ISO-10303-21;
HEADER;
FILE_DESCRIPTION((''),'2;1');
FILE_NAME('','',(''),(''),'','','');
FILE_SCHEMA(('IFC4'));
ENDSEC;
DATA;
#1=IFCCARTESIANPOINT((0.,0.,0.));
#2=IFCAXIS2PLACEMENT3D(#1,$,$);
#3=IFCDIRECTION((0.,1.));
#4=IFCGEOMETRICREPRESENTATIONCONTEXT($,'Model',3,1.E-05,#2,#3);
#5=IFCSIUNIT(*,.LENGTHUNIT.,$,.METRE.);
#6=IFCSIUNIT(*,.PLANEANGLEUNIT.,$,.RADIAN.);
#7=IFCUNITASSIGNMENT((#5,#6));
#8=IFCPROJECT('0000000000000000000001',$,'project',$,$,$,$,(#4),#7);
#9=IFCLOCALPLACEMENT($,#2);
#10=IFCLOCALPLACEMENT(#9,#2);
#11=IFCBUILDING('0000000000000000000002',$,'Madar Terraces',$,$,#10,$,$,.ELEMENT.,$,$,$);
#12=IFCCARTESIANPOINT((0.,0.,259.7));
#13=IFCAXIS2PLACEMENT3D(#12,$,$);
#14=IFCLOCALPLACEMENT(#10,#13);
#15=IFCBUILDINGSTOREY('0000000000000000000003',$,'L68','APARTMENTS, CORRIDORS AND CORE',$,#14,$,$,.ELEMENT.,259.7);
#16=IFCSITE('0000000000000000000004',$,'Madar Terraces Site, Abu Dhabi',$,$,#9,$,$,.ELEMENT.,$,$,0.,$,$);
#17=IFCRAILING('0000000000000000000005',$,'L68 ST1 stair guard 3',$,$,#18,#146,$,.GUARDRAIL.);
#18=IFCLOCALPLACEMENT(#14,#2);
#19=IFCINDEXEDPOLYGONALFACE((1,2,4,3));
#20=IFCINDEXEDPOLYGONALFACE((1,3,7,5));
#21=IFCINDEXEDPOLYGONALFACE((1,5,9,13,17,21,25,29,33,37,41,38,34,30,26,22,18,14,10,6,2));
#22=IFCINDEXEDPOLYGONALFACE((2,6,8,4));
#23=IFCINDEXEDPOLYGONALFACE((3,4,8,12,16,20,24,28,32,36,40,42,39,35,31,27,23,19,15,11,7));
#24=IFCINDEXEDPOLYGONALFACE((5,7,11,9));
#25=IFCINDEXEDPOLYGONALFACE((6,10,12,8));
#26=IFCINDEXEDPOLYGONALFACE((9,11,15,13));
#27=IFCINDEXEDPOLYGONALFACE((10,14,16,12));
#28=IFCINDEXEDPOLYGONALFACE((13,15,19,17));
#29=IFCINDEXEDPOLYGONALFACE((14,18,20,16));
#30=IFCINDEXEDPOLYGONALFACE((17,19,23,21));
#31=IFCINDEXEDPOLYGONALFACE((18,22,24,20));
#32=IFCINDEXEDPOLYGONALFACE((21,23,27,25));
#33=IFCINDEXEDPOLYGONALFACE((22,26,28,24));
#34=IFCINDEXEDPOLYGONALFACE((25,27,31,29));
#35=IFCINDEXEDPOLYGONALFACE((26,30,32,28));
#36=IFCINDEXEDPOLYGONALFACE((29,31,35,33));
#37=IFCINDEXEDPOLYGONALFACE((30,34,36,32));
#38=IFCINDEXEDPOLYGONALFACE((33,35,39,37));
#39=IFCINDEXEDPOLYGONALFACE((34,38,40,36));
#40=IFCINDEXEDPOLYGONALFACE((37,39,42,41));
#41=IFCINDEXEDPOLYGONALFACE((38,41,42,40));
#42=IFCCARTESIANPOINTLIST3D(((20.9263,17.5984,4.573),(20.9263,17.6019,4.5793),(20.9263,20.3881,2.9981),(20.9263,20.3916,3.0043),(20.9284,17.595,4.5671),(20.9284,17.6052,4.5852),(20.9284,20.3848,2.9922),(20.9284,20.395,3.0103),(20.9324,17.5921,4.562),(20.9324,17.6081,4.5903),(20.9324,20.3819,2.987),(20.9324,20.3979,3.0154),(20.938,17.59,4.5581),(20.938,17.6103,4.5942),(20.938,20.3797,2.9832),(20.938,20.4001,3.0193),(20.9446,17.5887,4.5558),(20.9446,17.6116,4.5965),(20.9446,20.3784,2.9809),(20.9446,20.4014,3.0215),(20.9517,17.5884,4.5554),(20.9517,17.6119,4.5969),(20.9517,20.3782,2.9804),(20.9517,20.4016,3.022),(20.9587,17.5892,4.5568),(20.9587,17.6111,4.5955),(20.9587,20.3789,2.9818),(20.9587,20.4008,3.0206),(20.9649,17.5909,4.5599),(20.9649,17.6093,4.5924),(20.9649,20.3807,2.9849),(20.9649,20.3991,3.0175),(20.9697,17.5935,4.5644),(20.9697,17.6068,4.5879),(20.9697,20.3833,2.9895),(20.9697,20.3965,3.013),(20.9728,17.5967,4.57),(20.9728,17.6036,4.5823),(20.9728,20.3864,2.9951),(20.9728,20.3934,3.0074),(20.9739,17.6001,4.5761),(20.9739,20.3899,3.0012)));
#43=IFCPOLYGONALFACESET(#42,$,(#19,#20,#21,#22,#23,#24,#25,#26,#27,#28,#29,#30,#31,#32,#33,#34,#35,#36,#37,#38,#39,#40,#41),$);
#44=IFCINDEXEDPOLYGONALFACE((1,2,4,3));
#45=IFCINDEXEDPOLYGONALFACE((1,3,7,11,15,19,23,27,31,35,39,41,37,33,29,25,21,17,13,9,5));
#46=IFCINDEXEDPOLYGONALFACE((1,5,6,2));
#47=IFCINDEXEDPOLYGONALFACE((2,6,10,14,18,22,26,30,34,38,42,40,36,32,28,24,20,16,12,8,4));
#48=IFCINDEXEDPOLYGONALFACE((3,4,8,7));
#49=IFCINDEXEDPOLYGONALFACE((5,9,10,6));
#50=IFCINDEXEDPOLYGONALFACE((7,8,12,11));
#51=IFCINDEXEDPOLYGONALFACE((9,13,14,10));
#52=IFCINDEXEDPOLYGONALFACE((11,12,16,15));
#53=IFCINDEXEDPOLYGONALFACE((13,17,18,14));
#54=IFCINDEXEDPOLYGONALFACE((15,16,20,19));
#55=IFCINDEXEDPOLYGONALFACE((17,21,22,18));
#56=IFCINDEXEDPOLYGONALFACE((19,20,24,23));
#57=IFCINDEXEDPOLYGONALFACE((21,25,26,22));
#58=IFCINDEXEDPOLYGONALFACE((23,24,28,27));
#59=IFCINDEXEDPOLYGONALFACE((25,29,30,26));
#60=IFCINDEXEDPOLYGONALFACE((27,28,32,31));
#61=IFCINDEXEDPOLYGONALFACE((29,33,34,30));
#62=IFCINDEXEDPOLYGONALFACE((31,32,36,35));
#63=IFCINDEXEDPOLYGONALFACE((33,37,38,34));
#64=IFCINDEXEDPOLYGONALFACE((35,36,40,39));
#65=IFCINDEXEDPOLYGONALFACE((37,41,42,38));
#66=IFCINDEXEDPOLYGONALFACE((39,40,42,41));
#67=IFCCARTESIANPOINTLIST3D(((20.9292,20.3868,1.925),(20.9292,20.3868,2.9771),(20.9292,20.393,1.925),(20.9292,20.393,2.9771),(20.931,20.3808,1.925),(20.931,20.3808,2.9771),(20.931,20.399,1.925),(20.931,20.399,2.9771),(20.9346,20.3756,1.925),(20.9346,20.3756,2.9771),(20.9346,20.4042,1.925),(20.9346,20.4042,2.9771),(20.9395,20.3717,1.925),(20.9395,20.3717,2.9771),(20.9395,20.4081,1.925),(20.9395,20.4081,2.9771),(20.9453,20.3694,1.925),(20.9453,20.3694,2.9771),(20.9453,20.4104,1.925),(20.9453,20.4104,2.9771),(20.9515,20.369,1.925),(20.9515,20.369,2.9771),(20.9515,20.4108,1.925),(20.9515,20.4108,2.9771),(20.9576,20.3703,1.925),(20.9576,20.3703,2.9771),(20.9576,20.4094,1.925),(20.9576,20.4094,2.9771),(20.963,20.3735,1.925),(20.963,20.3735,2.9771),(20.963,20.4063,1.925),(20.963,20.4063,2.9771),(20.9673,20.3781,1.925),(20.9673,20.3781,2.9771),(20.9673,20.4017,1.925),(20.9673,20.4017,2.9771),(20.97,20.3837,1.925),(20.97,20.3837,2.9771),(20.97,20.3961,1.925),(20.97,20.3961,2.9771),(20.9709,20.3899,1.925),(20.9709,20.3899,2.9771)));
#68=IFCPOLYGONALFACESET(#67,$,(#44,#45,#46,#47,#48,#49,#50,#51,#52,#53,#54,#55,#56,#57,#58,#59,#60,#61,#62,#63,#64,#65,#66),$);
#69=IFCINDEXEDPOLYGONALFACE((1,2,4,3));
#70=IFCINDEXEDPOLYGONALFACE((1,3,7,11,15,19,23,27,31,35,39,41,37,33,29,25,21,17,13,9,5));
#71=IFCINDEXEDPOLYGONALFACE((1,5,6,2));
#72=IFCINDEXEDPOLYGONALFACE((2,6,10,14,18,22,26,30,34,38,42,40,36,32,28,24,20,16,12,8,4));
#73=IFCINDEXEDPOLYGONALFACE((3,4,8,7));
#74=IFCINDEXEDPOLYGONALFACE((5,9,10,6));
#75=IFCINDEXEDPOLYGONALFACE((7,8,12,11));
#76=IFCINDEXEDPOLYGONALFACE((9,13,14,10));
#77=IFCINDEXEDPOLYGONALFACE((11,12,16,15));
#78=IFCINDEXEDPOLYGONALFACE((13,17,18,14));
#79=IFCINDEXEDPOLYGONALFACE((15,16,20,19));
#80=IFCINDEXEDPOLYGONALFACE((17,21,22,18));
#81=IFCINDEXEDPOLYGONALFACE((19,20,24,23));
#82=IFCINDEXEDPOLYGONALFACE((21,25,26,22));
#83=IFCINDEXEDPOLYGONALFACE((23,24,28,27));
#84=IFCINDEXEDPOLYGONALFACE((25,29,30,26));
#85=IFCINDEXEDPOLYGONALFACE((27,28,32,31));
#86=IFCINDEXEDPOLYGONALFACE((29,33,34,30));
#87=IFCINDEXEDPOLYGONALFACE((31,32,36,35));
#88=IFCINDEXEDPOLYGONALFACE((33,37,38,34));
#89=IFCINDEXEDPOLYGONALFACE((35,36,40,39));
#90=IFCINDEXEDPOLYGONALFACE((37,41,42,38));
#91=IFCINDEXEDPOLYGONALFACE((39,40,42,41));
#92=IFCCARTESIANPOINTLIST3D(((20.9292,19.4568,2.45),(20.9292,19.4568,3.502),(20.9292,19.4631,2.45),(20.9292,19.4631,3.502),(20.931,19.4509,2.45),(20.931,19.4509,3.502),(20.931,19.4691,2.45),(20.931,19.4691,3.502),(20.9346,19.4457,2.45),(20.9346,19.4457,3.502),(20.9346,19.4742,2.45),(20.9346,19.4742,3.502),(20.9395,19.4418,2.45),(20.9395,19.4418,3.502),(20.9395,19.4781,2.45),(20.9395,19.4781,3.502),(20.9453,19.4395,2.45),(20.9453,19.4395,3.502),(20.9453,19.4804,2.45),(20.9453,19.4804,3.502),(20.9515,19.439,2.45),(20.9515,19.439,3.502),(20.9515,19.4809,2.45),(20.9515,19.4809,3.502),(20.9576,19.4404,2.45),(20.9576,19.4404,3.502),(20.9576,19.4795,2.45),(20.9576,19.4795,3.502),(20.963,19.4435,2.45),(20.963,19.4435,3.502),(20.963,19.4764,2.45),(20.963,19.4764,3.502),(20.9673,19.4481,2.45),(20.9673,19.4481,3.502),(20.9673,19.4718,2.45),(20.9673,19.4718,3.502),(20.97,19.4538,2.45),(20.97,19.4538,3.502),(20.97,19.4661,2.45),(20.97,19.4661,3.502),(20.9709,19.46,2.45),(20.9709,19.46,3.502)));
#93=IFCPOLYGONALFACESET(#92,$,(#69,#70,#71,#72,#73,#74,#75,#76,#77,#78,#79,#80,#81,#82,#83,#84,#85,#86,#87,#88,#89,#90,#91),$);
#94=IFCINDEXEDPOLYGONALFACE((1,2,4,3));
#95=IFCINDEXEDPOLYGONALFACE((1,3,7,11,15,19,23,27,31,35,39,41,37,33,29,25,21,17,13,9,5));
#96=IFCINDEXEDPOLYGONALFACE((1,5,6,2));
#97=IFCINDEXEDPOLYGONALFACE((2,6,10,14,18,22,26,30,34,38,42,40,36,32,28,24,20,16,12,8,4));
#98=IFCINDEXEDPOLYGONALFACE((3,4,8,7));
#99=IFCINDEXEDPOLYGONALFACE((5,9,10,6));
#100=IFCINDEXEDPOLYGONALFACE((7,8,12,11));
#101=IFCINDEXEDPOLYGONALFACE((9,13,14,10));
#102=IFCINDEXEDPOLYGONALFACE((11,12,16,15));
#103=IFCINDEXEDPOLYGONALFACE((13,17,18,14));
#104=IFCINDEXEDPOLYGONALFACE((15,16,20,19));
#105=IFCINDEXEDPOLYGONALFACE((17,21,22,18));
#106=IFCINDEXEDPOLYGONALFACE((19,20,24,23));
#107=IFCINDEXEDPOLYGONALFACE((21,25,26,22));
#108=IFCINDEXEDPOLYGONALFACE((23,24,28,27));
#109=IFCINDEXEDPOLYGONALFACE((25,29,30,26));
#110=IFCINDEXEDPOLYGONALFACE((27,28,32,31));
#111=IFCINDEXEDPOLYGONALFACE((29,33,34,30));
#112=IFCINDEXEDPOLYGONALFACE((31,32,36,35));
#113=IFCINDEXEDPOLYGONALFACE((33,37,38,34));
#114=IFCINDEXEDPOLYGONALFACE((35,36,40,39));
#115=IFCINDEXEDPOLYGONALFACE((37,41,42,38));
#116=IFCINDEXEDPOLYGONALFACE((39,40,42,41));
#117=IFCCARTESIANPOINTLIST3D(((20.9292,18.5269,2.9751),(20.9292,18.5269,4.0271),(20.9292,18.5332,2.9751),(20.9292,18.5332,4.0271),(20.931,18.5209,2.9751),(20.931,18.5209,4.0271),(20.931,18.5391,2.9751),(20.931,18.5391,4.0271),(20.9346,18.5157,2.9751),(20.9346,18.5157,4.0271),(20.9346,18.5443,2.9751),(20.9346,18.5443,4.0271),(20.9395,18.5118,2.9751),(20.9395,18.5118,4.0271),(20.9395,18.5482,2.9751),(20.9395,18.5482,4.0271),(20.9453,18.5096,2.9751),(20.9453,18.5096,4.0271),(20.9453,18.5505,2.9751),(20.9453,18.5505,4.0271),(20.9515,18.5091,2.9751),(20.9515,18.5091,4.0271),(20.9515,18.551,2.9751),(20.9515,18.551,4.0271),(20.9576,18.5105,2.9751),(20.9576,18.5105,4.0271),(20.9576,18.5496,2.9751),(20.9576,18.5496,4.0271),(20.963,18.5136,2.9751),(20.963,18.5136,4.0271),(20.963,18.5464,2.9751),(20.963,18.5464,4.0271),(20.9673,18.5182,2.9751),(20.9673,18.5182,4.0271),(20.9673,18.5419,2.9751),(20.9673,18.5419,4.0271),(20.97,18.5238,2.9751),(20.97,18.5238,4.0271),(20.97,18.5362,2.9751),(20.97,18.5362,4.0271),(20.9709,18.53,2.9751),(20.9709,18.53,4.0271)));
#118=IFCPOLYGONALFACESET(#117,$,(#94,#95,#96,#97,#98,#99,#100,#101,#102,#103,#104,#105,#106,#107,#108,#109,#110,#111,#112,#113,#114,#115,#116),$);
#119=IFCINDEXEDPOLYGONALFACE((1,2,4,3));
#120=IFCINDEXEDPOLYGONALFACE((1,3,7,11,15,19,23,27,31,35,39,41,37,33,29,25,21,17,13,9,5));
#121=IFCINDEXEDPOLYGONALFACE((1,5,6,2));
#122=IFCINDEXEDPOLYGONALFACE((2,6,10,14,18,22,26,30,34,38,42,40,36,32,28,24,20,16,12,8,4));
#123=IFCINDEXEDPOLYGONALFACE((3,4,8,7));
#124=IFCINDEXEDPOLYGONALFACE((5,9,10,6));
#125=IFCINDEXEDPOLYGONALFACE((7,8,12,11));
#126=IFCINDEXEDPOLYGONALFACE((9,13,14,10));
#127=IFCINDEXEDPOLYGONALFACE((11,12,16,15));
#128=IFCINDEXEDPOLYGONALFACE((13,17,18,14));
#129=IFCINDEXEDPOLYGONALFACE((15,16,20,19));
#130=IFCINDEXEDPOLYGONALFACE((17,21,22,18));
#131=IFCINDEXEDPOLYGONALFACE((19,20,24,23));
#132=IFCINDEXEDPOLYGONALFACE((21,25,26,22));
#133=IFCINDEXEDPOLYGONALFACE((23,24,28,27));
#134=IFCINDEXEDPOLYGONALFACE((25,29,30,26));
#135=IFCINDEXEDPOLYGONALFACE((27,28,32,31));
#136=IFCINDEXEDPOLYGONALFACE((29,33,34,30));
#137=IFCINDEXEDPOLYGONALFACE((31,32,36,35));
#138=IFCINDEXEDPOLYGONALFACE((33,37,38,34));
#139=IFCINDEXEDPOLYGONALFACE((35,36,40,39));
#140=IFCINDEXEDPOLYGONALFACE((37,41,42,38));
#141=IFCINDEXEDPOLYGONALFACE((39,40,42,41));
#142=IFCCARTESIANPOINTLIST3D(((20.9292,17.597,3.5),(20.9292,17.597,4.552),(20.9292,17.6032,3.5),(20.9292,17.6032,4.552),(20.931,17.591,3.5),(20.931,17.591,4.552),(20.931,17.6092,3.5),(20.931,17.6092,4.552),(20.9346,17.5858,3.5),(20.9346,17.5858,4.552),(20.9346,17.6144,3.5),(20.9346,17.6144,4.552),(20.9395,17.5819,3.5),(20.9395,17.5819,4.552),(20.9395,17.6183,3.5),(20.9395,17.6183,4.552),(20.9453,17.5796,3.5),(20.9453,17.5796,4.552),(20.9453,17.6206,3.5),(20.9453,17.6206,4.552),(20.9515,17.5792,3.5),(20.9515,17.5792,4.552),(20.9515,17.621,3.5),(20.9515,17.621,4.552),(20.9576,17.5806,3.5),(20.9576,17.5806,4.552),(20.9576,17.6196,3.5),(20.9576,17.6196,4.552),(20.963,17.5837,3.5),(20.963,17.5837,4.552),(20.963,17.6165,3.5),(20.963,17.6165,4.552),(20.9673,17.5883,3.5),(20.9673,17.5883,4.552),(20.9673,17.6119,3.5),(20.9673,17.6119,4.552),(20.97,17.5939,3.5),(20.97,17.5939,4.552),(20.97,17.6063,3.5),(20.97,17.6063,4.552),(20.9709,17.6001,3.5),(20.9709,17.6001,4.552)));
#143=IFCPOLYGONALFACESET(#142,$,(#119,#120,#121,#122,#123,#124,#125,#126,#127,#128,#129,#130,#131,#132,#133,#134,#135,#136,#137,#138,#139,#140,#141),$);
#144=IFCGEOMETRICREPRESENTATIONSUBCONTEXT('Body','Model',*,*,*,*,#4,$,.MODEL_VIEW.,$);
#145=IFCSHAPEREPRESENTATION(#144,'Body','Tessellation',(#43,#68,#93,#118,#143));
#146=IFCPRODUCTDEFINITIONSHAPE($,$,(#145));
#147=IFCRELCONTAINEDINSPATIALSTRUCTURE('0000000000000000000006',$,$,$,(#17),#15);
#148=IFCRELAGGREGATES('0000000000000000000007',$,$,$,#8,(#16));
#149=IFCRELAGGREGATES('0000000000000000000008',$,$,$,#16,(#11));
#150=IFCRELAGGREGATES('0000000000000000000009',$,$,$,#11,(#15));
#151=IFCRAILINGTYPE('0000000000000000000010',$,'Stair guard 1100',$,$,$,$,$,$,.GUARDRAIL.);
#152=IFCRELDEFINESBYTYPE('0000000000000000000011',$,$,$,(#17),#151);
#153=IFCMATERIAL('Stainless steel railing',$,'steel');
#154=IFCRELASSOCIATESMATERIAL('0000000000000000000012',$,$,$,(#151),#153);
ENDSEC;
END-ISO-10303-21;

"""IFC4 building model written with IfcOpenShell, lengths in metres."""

from ifc_helpers import new_model, si_unit, direction, frame, origin, origin_2d, place, context, subcontext, project, spatial, circle, extrude, material, type_object, element, save


model = new_model("IFC4")

# Units and contexts
model_context = context("Model", 3, precision=1e-05, world=origin(), true_north=direction((0.0, 1.0)))
body_context = subcontext(model_context, "Body", "Model", "MODEL_VIEW")
ifc_project = project(units=[si_unit("LENGTHUNIT", "METRE"), si_unit("PLANEANGLEUNIT", "RADIAN")], contexts=[model_context])

# Site, building, storey
site_placement = place(None, origin())
site = spatial("IfcSite", under=ifc_project, at=site_placement, Name="Madar Terraces Site, Abu Dhabi", CompositionType="ELEMENT", RefElevation=0.0)
building_placement = place(site_placement, origin())
building = spatial("IfcBuilding", under=site, at=building_placement, Name="Madar Terraces", CompositionType="ELEMENT")
storey_placement = place(building_placement, frame((0.0, 0.0, 259.7)))
storey = spatial("IfcBuildingStorey", under=building, at=storey_placement, Name="L68", Description="APARTMENTS, CORRIDORS AND CORE", CompositionType="ELEMENT", Elevation=259.7)

# Railing
ifc_material_1 = material(Name="Stainless steel railing", Category="steel")
railing_type_1 = type_object("IfcRailingType", Name="Stair guard 1100", PredefinedType="GUARDRAIL", material=ifc_material_1)
railing_1_placement = place(storey_placement, frame((20.95, 20.3899, 1.925)))
element("IfcRailing", 1, at=railing_1_placement, inside=storey, type_object=railing_type_1, Name="L68 ST1 stair guard 3", PredefinedType="GUARDRAIL", context=body_context, shape_type="SweptSolid", body=[
    extrude(circle(Radius=0.0239, at=origin_2d()), frame((0.0, 0.0, 1.0762), z_axis=(0.0, -0.870815, 0.49161), x_axis=(1.0, 0.0, 0.0)), (0.0, 0.0, 1.0), 3.2036),
    extrude(circle(Radius=0.021, at=origin_2d()), origin(), (0.0, 0.0, 1.0), 1.052),
    extrude(circle(Radius=0.021, at=origin_2d()), frame((0.0, -0.9299, 0.5249)), (0.0, 0.0, 1.0), 1.052),
    extrude(circle(Radius=0.021, at=origin_2d()), frame((0.0, -1.8599, 1.05)), (0.0, 0.0, 1.0), 1.052),
    extrude(circle(Radius=0.021, at=origin_2d()), frame((0.0, -2.7898, 1.575)), (0.0, 0.0, 1.0), 1.052),
])

save(model, "model.ifc")
